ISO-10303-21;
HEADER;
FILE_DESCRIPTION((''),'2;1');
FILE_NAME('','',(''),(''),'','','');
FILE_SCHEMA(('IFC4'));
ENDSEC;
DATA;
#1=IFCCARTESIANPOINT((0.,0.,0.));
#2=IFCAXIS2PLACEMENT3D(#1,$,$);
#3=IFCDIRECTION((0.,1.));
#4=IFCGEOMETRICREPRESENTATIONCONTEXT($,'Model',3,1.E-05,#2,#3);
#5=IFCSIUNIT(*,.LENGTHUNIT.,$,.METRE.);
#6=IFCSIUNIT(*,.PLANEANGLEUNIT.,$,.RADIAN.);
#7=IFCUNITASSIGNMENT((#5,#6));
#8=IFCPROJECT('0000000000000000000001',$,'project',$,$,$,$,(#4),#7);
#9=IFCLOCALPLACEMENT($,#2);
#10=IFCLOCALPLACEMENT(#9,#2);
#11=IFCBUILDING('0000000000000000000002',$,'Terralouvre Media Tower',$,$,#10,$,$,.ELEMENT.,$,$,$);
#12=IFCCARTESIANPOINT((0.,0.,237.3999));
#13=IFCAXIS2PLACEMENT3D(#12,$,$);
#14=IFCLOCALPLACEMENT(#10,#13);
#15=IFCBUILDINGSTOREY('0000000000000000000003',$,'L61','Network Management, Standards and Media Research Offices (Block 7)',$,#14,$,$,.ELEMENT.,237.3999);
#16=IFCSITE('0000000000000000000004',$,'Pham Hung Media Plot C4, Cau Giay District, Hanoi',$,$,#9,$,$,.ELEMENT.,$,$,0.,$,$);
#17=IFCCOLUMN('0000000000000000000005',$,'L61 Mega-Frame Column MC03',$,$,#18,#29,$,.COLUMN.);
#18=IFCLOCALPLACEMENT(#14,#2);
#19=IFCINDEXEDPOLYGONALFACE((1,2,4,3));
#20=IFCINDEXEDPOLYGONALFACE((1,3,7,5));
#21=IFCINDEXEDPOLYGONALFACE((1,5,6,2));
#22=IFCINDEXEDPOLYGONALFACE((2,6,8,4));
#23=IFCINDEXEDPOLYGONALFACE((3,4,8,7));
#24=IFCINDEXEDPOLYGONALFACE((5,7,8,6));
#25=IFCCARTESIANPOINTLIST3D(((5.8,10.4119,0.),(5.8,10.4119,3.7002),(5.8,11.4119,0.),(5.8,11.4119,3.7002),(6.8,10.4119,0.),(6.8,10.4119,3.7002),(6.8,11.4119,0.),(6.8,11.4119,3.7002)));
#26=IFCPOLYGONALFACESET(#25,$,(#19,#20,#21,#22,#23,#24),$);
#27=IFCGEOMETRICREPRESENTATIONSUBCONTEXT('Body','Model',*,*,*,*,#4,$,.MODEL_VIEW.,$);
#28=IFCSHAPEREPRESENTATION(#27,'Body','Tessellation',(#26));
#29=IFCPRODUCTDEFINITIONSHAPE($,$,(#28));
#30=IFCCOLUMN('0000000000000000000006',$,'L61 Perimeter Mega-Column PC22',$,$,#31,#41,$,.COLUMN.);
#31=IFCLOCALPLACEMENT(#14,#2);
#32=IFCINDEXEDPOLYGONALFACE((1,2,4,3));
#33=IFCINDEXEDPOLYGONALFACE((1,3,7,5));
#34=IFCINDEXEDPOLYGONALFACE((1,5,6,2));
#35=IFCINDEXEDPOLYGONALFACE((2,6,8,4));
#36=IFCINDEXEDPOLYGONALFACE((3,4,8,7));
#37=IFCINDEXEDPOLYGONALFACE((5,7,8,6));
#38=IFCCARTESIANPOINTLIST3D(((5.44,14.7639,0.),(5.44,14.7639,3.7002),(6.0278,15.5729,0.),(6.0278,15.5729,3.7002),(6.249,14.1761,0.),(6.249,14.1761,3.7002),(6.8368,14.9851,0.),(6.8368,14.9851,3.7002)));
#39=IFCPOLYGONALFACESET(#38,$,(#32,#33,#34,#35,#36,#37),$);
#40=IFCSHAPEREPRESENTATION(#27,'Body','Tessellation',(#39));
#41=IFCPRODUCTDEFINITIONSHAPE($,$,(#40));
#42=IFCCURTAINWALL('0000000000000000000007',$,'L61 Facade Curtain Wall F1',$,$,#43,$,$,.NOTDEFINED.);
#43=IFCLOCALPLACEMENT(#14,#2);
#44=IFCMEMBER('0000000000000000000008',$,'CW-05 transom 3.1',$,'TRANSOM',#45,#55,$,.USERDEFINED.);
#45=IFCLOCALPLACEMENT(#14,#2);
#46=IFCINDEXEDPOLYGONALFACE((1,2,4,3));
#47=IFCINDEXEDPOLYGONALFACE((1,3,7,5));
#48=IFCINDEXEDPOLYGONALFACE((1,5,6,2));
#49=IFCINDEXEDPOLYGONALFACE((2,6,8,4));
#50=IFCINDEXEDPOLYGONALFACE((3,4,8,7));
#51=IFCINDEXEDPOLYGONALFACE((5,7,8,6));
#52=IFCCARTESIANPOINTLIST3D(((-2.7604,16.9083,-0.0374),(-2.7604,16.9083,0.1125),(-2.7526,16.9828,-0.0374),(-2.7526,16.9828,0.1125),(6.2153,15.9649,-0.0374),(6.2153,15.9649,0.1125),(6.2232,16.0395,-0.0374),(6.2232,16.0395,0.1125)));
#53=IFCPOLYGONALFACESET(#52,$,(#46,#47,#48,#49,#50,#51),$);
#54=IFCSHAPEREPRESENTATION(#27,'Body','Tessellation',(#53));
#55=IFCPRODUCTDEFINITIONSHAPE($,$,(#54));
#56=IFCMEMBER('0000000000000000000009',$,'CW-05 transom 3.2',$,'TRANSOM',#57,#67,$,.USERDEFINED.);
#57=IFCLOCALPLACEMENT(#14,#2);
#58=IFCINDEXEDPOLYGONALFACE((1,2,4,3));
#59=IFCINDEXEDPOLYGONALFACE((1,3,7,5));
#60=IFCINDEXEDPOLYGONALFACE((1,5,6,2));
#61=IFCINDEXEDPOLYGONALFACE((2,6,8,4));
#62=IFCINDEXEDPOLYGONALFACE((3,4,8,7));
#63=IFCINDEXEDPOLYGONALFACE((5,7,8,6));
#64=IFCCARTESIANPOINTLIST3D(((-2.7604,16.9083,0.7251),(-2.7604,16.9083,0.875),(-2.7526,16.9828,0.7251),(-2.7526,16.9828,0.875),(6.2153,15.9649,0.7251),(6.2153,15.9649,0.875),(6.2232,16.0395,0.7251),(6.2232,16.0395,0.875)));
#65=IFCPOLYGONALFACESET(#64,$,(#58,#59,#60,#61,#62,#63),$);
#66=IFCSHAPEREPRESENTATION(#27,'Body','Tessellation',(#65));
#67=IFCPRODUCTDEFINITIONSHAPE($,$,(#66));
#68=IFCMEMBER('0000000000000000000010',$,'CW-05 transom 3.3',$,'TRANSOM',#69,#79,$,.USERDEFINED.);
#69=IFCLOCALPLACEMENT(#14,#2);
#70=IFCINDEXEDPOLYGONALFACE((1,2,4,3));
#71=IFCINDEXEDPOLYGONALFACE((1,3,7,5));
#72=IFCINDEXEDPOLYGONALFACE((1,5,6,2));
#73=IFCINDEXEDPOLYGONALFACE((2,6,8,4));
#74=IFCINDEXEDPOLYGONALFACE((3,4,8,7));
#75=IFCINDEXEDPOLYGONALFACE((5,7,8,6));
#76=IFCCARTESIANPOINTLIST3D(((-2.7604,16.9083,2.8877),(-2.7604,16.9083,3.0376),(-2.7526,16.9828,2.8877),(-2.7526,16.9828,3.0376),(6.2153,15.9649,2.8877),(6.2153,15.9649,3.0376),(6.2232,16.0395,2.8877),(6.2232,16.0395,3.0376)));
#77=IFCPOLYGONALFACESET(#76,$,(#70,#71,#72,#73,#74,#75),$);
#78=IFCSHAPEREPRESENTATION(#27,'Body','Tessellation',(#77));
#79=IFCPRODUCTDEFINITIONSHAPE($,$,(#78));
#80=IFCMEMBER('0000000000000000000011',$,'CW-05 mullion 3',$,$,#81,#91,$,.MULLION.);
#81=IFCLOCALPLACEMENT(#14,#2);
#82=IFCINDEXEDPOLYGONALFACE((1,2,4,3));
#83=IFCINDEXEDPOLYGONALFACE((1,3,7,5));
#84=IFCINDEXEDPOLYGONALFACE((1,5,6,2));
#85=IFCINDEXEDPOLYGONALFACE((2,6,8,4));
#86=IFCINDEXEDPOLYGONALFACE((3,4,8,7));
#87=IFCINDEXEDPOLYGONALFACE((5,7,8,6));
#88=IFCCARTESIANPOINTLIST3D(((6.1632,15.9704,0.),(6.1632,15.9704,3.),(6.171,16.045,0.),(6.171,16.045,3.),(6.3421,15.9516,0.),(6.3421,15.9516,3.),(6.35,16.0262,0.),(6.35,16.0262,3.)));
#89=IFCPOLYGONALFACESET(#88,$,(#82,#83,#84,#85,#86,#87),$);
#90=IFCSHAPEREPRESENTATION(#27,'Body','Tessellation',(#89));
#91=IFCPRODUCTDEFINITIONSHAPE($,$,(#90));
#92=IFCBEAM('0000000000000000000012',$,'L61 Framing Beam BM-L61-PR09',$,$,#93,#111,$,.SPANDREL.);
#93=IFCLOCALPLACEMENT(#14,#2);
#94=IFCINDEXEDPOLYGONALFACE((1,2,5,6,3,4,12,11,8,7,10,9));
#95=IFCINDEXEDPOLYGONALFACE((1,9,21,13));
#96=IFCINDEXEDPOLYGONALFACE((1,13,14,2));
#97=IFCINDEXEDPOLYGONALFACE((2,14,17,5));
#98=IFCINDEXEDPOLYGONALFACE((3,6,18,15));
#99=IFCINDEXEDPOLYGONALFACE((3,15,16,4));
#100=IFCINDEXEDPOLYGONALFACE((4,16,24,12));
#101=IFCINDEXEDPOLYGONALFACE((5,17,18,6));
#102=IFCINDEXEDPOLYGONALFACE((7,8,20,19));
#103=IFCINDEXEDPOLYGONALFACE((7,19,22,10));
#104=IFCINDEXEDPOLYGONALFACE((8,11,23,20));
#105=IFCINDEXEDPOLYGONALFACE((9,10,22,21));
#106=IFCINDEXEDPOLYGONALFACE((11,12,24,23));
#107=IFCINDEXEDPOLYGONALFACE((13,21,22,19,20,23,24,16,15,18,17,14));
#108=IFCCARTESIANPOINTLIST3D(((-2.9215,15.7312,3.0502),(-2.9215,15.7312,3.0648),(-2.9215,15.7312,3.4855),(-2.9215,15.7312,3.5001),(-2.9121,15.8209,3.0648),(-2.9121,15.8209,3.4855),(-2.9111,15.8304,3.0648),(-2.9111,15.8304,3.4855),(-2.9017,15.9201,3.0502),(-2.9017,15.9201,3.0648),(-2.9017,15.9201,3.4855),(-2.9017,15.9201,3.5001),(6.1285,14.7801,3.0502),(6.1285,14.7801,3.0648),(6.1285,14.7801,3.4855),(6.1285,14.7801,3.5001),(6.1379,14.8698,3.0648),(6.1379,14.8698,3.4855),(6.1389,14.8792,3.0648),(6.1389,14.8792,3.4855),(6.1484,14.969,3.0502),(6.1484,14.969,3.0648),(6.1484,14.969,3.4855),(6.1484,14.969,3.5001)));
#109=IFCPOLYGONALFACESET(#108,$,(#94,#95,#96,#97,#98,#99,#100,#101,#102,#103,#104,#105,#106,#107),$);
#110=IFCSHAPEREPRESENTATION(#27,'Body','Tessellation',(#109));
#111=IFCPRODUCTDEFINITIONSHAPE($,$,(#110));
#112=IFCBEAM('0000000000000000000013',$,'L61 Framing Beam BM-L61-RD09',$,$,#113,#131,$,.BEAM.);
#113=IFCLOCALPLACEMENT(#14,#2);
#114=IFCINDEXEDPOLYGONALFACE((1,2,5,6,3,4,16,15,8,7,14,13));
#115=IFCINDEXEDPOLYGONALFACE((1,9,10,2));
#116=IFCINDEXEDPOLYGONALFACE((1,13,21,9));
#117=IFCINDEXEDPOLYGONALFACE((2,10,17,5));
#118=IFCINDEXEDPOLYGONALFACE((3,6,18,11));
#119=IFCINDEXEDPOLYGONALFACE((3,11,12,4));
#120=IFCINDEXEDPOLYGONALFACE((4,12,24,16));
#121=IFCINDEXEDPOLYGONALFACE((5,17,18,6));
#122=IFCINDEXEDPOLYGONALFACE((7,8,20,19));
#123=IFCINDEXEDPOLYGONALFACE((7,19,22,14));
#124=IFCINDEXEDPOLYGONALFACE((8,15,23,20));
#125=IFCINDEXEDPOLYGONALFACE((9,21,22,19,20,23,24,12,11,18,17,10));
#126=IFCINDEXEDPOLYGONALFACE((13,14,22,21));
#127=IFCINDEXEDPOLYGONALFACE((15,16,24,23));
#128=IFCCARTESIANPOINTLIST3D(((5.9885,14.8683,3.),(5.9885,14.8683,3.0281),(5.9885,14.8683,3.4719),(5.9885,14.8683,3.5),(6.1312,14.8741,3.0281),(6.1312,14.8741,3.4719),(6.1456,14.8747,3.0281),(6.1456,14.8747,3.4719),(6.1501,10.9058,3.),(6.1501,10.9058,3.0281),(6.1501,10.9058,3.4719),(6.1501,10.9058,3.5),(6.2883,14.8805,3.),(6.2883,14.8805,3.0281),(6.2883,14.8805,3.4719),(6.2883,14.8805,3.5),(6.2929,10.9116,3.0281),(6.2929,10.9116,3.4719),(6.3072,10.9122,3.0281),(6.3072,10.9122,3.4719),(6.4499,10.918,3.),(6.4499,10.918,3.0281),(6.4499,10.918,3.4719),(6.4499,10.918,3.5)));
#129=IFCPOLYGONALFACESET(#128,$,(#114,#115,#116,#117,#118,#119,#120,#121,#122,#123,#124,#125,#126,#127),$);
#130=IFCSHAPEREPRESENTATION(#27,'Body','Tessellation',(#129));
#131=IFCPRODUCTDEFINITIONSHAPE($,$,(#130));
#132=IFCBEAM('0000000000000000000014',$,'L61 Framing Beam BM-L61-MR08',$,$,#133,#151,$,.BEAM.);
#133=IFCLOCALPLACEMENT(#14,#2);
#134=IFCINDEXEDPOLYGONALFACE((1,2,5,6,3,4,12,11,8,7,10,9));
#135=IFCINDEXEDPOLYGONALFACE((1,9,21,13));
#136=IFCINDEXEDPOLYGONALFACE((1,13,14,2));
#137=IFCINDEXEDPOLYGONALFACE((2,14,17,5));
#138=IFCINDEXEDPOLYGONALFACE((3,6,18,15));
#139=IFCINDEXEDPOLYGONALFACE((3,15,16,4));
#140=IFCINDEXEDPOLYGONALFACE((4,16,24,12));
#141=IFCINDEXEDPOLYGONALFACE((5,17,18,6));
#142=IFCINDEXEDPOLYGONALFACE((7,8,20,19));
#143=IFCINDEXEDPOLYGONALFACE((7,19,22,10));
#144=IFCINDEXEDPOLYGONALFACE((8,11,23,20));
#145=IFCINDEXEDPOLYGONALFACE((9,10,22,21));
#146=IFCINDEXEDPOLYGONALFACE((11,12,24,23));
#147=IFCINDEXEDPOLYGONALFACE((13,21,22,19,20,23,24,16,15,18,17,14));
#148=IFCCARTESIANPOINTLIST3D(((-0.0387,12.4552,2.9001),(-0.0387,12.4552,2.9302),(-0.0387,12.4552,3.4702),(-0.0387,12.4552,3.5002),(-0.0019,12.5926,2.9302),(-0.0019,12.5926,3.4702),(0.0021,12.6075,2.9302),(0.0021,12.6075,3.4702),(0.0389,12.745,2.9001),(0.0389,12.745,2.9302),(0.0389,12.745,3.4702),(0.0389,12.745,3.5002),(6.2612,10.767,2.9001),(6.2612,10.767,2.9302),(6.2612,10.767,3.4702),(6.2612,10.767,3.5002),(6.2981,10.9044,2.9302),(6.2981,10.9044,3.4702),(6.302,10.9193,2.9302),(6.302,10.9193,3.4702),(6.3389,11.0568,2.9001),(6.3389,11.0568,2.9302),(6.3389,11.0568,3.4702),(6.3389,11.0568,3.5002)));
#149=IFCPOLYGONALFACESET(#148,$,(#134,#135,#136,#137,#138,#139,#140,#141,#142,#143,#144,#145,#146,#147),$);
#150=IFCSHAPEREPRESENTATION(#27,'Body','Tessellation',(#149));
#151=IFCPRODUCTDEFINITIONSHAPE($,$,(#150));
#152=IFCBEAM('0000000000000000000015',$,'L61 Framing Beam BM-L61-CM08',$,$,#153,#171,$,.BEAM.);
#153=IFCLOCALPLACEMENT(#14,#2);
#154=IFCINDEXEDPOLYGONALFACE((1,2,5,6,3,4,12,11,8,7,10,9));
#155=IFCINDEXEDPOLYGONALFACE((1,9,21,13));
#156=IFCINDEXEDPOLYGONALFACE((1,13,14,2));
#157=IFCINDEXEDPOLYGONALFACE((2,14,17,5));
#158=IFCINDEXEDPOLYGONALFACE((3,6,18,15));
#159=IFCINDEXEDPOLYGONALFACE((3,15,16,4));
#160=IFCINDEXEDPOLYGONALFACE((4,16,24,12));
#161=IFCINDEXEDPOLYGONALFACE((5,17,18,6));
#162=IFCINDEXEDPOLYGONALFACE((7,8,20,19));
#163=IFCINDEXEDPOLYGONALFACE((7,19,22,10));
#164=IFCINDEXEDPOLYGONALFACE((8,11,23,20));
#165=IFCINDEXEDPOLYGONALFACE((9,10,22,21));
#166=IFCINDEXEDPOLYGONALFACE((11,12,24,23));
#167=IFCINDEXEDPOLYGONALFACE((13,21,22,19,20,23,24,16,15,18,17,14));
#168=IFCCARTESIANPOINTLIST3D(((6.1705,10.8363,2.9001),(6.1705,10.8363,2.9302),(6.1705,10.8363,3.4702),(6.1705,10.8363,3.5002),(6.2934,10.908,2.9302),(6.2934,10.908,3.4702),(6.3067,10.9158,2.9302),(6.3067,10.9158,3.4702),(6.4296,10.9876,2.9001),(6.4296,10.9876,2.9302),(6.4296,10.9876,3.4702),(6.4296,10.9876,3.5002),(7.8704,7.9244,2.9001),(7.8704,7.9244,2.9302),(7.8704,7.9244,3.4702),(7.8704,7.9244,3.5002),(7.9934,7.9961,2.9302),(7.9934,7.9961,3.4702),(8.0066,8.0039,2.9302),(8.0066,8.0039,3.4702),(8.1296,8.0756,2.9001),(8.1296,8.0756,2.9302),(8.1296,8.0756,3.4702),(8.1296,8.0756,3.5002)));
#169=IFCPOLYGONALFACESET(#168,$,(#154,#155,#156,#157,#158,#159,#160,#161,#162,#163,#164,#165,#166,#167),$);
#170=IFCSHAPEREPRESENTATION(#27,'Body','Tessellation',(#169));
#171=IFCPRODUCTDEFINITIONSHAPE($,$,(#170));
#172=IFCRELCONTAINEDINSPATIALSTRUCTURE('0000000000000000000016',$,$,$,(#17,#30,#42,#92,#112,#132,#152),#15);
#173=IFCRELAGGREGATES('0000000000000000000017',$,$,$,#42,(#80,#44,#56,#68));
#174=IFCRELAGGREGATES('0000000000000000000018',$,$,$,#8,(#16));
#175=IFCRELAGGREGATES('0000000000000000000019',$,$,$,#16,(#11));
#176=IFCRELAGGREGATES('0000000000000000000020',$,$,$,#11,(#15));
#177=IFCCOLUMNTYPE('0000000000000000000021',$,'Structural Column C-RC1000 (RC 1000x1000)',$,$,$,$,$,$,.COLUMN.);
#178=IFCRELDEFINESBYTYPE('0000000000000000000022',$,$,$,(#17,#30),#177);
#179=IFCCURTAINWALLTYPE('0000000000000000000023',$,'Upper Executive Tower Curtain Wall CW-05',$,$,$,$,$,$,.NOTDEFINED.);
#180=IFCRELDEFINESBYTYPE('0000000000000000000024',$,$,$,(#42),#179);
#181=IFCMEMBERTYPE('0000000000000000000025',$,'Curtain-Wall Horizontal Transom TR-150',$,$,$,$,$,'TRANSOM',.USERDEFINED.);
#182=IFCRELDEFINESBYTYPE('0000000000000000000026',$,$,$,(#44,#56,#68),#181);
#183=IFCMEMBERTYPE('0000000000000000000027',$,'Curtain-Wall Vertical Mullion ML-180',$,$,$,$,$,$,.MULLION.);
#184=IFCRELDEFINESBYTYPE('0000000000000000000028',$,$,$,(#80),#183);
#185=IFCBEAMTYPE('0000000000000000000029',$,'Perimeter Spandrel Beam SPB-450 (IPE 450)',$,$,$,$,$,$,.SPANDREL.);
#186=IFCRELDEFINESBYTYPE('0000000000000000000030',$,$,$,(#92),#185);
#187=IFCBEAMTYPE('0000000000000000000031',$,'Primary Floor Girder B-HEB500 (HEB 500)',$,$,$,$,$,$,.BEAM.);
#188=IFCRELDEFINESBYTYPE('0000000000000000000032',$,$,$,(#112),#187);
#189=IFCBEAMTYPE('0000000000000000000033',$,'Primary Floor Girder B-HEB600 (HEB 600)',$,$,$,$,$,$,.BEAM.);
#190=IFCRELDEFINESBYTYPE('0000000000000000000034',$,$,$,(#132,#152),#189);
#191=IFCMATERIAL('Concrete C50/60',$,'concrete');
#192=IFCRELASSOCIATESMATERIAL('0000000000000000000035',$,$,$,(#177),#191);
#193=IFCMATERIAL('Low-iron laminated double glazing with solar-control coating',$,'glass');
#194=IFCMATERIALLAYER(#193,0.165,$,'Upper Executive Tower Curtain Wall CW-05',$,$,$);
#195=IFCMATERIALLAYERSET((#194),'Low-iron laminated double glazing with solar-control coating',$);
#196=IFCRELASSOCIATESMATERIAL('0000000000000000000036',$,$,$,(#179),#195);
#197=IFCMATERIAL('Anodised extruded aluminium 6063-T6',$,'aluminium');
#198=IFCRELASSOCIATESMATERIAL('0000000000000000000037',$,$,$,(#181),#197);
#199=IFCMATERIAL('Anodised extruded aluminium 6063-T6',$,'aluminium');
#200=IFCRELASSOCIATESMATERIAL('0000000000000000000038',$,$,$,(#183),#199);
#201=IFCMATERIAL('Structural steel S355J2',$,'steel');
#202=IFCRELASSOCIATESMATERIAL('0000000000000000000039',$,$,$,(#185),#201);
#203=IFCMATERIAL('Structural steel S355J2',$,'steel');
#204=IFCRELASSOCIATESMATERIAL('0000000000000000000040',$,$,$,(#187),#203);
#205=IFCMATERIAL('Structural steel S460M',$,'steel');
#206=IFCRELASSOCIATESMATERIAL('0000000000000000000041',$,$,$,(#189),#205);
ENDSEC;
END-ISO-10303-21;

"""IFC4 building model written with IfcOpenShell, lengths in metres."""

from ifc_helpers import new_model, si_unit, direction, frame, origin, origin_2d, place, context, subcontext, project, spatial, rectangle, i_section, extrude, material, layer, layer_set, material_profile, profile_set, type_object, element, aggregate, save


model = new_model("IFC4")

# Units and contexts
model_context = context("Model", 3, precision=1e-05, world=origin(), true_north=direction((0.0, 1.0)))
body_context = subcontext(model_context, "Body", "Model", "MODEL_VIEW")
ifc_project = project(units=[si_unit("LENGTHUNIT", "METRE"), si_unit("PLANEANGLEUNIT", "RADIAN")], contexts=[model_context])

# Site, building, storey
site_placement = place(None, origin())
site = spatial("IfcSite", under=ifc_project, at=site_placement, Name="Pham Hung Media Plot C4, Cau Giay District, Hanoi", CompositionType="ELEMENT", RefElevation=0.0)
building_placement = place(site_placement, origin())
building = spatial("IfcBuilding", under=site, at=building_placement, Name="Terralouvre Media Tower", CompositionType="ELEMENT")
storey_placement = place(building_placement, frame((0.0, 0.0, 237.3999)))
storey = spatial("IfcBuildingStorey", under=building, at=storey_placement, Name="L61", Description="Network Management, Standards and Media Research Offices (Block 7)", CompositionType="ELEMENT", Elevation=237.3999)

# Columns
ifc_material_1 = material(Name="Concrete C50/60", Category="concrete")
ifc_material_profile_1 = material_profile(ifc_material_1, rectangle(XDim=1.0, YDim=1.0, at=origin_2d()), Name="RC 1000x1000")
ifc_profile_set_1 = profile_set([ifc_material_profile_1], Name="Concrete C50/60")
column_type = type_object("IfcColumnType", Name="Structural Column C-RC1000 (RC 1000x1000)", PredefinedType="COLUMN", material=ifc_profile_set_1)
for number, where, z_axis, x_axis, name in (
    (1, (6.3, 10.9119, 0.0), (0.0, 0.0, 1.0), (1.0, 0.0, 0.0), "L61 Mega-Frame Column MC03"),
    (2, (6.1384, 14.8745, 0.0), (0.0, 0.0, 1.0), (0.587785, 0.809017, 0.0), "L61 Perimeter Mega-Column PC22"),
):
    element("IfcColumn", number, at=place(storey_placement, frame(where, z_axis=z_axis, x_axis=x_axis)), inside=storey, type_object=column_type, Name=name, PredefinedType="COLUMN", context=body_context, shape_type="SweptSolid", body=[
        extrude(rectangle(XDim=1.0, YDim=1.0, at=origin_2d()), origin(), (0.0, 0.0, 1.0), 3.7002),
    ])

# Curtain wall, members
ifc_material_2 = material(Name="Low-iron laminated double glazing with solar-control coating", Category="glass")
ifc_layer_1 = layer(ifc_material_2, 0.165, Name="Upper Executive Tower Curtain Wall CW-05")
ifc_layer_set_1 = layer_set([ifc_layer_1], Name="Low-iron laminated double glazing with solar-control coating")
curtain_wall_type = type_object("IfcCurtainWallType", Name="Upper Executive Tower Curtain Wall CW-05", PredefinedType="NOTDEFINED", material=ifc_layer_set_1)
curtain_wall_placement = place(storey_placement, origin())
curtain_wall = element("IfcCurtainWall", 3, at=curtain_wall_placement, inside=storey, type_object=curtain_wall_type, Name="L61 Facade Curtain Wall F1", PredefinedType="NOTDEFINED")
ifc_material_3 = material(Name="Anodised extruded aluminium 6063-T6", Category="aluminium")
ifc_material_profile_2 = material_profile(ifc_material_3, rectangle(XDim=0.075, YDim=0.1499, at=origin_2d()), Name="ALU 75x150")
ifc_profile_set_2 = profile_set([ifc_material_profile_2], Name="Anodised extruded aluminium 6063-T6")
member_type_1 = type_object("IfcMemberType", Name="Curtain-Wall Horizontal Transom TR-150", ElementType="TRANSOM", PredefinedType="USERDEFINED", material=ifc_profile_set_2)
member_1_placement = place(storey_placement, frame((6.2192, 16.0022, 0.0376), z_axis=(-0.994522, 0.104527, 0.0), x_axis=(-0.104527, -0.994522, 0.0)))
member_1 = element("IfcMember", 4, at=member_1_placement, type_object=member_type_1, Name="CW-05 transom 3.1", ObjectType="TRANSOM", PredefinedType="USERDEFINED", context=body_context, shape_type="SweptSolid", body=[
    extrude(rectangle(XDim=0.075, YDim=0.1499, at=origin_2d()), origin(), (0.0, 0.0, 1.0), 9.0251),
])
member_2_placement = place(storey_placement, frame((6.2192, 16.0022, 0.8), z_axis=(-0.994522, 0.104527, 0.0), x_axis=(-0.104527, -0.994522, 0.0)))
member_2 = element("IfcMember", 5, at=member_2_placement, type_object=member_type_1, Name="CW-05 transom 3.2", ObjectType="TRANSOM", PredefinedType="USERDEFINED", context=body_context, shape_type="SweptSolid", body=[
    extrude(rectangle(XDim=0.075, YDim=0.1499, at=origin_2d()), origin(), (0.0, 0.0, 1.0), 9.0251),
])
member_3_placement = place(storey_placement, frame((6.2192, 16.0022, 2.9626), z_axis=(-0.994522, 0.104527, 0.0), x_axis=(-0.104527, -0.994522, 0.0)))
member_3 = element("IfcMember", 6, at=member_3_placement, type_object=member_type_1, Name="CW-05 transom 3.3", ObjectType="TRANSOM", PredefinedType="USERDEFINED", context=body_context, shape_type="SweptSolid", body=[
    extrude(rectangle(XDim=0.075, YDim=0.1499, at=origin_2d()), origin(), (0.0, 0.0, 1.0), 9.0251),
])
ifc_material_4 = material(Name="Anodised extruded aluminium 6063-T6", Category="aluminium")
ifc_material_profile_3 = material_profile(ifc_material_4, rectangle(XDim=0.075, YDim=0.1799, at=origin_2d()), Name="ALU 75x180")
ifc_profile_set_3 = profile_set([ifc_material_profile_3], Name="Anodised extruded aluminium 6063-T6")
member_type_2 = type_object("IfcMemberType", Name="Curtain-Wall Vertical Mullion ML-180", PredefinedType="MULLION", material=ifc_profile_set_3)
member_4_placement = place(storey_placement, frame((6.2566, 15.9983, 0.0), z_axis=(0.0, 0.0, 1.0), x_axis=(-0.104529, -0.994522, 0.0)))
member_4 = element("IfcMember", 7, at=member_4_placement, type_object=member_type_2, Name="CW-05 mullion 3", PredefinedType="MULLION", context=body_context, shape_type="SweptSolid", body=[
    extrude(rectangle(XDim=0.075, YDim=0.1799, at=origin_2d()), origin(), (0.0, 0.0, 1.0), 3.0),
])

# Beams
ifc_material_5 = material(Name="Structural steel S355J2", Category="steel")
ifc_material_profile_4 = material_profile(ifc_material_5, i_section(OverallWidth=0.1899, OverallDepth=0.45, WebThickness=0.0095, FlangeThickness=0.0146, at=origin_2d()), Name="IPE 450")
ifc_profile_set_4 = profile_set([ifc_material_profile_4], Name="Structural steel S355J2")
beam_type_1 = type_object("IfcBeamType", Name="Perimeter Spandrel Beam SPB-450 (IPE 450)", PredefinedType="SPANDREL", material=ifc_profile_set_4)
beam_1_placement = place(storey_placement, frame((6.1384, 14.8745, 3.2751), z_axis=(-0.994522, 0.104526, 0.0), x_axis=(-0.104526, -0.994522, 0.0)))
element("IfcBeam", 8, at=beam_1_placement, inside=storey, type_object=beam_type_1, Name="L61 Framing Beam BM-L61-PR09", PredefinedType="SPANDREL", context=body_context, shape_type="SweptSolid", body=[
    extrude(i_section(OverallWidth=0.1899, OverallDepth=0.45, WebThickness=0.0095, FlangeThickness=0.0146, at=origin_2d()), origin(), (0.0, 0.0, 1.0), 9.0999),
])
ifc_material_6 = material(Name="Structural steel S355J2", Category="steel")
ifc_material_profile_5 = material_profile(ifc_material_6, i_section(OverallWidth=0.3, OverallDepth=0.5, WebThickness=0.0144, FlangeThickness=0.0281, at=origin_2d()), Name="HEB 500")
ifc_profile_set_5 = profile_set([ifc_material_profile_5], Name="Structural steel S355J2")
beam_type_2 = type_object("IfcBeamType", Name="Primary Floor Girder B-HEB500 (HEB 500)", PredefinedType="BEAM", material=ifc_profile_set_5)
beam_2_placement = place(storey_placement, frame((6.3, 10.9119, 3.25), z_axis=(-0.040752, 0.999169, 0.0), x_axis=(-0.999169, -0.040752, 0.0)))
element("IfcBeam", 9, at=beam_2_placement, inside=storey, type_object=beam_type_2, Name="L61 Framing Beam BM-L61-RD09", PredefinedType="BEAM", context=body_context, shape_type="SweptSolid", body=[
    extrude(i_section(OverallWidth=0.3, OverallDepth=0.5, WebThickness=0.0144, FlangeThickness=0.0281, at=origin_2d()), origin(), (0.0, 0.0, 1.0), 3.9658),
])
ifc_material_7 = material(Name="Structural steel S460M", Category="steel")
ifc_material_profile_6 = material_profile(ifc_material_7, i_section(OverallWidth=0.3, OverallDepth=0.6001, WebThickness=0.0154, FlangeThickness=0.03, at=origin_2d()), Name="HEB 600")
ifc_profile_set_6 = profile_set([ifc_material_profile_6], Name="Structural steel S460M")
beam_type_3 = type_object("IfcBeamType", Name="Primary Floor Girder B-HEB600 (HEB 600)", PredefinedType="BEAM", material=ifc_profile_set_6)
beam_3_placement = place(storey_placement, frame((6.3, 10.9119, 3.2002), z_axis=(-0.96592, 0.258839, 0.0), x_axis=(-0.258839, -0.96592, 0.0)))
element("IfcBeam", 10, at=beam_3_placement, inside=storey, type_object=beam_type_3, Name="L61 Framing Beam BM-L61-MR08", PredefinedType="BEAM", context=body_context, shape_type="SweptSolid", body=[
    extrude(i_section(OverallWidth=0.3, OverallDepth=0.6001, WebThickness=0.0154, FlangeThickness=0.03, at=origin_2d()), origin(), (0.0, 0.0, 1.0), 6.5222),
])
beam_4_placement = place(storey_placement, frame((8.0, 8.0, 3.2002), z_axis=(-0.504173, 0.863603, 0.0), x_axis=(-0.863603, -0.504173, 0.0)))
element("IfcBeam", 11, at=beam_4_placement, inside=storey, type_object=beam_type_3, Name="L61 Framing Beam BM-L61-CM08", PredefinedType="BEAM", context=body_context, shape_type="SweptSolid", body=[
    extrude(i_section(OverallWidth=0.3, OverallDepth=0.6001, WebThickness=0.0154, FlangeThickness=0.03, at=origin_2d()), origin(), (0.0, 0.0, 1.0), 3.3718),
])

aggregate(curtain_wall, [member_4, member_1, member_2, member_3])

save(model, "model.ifc")
